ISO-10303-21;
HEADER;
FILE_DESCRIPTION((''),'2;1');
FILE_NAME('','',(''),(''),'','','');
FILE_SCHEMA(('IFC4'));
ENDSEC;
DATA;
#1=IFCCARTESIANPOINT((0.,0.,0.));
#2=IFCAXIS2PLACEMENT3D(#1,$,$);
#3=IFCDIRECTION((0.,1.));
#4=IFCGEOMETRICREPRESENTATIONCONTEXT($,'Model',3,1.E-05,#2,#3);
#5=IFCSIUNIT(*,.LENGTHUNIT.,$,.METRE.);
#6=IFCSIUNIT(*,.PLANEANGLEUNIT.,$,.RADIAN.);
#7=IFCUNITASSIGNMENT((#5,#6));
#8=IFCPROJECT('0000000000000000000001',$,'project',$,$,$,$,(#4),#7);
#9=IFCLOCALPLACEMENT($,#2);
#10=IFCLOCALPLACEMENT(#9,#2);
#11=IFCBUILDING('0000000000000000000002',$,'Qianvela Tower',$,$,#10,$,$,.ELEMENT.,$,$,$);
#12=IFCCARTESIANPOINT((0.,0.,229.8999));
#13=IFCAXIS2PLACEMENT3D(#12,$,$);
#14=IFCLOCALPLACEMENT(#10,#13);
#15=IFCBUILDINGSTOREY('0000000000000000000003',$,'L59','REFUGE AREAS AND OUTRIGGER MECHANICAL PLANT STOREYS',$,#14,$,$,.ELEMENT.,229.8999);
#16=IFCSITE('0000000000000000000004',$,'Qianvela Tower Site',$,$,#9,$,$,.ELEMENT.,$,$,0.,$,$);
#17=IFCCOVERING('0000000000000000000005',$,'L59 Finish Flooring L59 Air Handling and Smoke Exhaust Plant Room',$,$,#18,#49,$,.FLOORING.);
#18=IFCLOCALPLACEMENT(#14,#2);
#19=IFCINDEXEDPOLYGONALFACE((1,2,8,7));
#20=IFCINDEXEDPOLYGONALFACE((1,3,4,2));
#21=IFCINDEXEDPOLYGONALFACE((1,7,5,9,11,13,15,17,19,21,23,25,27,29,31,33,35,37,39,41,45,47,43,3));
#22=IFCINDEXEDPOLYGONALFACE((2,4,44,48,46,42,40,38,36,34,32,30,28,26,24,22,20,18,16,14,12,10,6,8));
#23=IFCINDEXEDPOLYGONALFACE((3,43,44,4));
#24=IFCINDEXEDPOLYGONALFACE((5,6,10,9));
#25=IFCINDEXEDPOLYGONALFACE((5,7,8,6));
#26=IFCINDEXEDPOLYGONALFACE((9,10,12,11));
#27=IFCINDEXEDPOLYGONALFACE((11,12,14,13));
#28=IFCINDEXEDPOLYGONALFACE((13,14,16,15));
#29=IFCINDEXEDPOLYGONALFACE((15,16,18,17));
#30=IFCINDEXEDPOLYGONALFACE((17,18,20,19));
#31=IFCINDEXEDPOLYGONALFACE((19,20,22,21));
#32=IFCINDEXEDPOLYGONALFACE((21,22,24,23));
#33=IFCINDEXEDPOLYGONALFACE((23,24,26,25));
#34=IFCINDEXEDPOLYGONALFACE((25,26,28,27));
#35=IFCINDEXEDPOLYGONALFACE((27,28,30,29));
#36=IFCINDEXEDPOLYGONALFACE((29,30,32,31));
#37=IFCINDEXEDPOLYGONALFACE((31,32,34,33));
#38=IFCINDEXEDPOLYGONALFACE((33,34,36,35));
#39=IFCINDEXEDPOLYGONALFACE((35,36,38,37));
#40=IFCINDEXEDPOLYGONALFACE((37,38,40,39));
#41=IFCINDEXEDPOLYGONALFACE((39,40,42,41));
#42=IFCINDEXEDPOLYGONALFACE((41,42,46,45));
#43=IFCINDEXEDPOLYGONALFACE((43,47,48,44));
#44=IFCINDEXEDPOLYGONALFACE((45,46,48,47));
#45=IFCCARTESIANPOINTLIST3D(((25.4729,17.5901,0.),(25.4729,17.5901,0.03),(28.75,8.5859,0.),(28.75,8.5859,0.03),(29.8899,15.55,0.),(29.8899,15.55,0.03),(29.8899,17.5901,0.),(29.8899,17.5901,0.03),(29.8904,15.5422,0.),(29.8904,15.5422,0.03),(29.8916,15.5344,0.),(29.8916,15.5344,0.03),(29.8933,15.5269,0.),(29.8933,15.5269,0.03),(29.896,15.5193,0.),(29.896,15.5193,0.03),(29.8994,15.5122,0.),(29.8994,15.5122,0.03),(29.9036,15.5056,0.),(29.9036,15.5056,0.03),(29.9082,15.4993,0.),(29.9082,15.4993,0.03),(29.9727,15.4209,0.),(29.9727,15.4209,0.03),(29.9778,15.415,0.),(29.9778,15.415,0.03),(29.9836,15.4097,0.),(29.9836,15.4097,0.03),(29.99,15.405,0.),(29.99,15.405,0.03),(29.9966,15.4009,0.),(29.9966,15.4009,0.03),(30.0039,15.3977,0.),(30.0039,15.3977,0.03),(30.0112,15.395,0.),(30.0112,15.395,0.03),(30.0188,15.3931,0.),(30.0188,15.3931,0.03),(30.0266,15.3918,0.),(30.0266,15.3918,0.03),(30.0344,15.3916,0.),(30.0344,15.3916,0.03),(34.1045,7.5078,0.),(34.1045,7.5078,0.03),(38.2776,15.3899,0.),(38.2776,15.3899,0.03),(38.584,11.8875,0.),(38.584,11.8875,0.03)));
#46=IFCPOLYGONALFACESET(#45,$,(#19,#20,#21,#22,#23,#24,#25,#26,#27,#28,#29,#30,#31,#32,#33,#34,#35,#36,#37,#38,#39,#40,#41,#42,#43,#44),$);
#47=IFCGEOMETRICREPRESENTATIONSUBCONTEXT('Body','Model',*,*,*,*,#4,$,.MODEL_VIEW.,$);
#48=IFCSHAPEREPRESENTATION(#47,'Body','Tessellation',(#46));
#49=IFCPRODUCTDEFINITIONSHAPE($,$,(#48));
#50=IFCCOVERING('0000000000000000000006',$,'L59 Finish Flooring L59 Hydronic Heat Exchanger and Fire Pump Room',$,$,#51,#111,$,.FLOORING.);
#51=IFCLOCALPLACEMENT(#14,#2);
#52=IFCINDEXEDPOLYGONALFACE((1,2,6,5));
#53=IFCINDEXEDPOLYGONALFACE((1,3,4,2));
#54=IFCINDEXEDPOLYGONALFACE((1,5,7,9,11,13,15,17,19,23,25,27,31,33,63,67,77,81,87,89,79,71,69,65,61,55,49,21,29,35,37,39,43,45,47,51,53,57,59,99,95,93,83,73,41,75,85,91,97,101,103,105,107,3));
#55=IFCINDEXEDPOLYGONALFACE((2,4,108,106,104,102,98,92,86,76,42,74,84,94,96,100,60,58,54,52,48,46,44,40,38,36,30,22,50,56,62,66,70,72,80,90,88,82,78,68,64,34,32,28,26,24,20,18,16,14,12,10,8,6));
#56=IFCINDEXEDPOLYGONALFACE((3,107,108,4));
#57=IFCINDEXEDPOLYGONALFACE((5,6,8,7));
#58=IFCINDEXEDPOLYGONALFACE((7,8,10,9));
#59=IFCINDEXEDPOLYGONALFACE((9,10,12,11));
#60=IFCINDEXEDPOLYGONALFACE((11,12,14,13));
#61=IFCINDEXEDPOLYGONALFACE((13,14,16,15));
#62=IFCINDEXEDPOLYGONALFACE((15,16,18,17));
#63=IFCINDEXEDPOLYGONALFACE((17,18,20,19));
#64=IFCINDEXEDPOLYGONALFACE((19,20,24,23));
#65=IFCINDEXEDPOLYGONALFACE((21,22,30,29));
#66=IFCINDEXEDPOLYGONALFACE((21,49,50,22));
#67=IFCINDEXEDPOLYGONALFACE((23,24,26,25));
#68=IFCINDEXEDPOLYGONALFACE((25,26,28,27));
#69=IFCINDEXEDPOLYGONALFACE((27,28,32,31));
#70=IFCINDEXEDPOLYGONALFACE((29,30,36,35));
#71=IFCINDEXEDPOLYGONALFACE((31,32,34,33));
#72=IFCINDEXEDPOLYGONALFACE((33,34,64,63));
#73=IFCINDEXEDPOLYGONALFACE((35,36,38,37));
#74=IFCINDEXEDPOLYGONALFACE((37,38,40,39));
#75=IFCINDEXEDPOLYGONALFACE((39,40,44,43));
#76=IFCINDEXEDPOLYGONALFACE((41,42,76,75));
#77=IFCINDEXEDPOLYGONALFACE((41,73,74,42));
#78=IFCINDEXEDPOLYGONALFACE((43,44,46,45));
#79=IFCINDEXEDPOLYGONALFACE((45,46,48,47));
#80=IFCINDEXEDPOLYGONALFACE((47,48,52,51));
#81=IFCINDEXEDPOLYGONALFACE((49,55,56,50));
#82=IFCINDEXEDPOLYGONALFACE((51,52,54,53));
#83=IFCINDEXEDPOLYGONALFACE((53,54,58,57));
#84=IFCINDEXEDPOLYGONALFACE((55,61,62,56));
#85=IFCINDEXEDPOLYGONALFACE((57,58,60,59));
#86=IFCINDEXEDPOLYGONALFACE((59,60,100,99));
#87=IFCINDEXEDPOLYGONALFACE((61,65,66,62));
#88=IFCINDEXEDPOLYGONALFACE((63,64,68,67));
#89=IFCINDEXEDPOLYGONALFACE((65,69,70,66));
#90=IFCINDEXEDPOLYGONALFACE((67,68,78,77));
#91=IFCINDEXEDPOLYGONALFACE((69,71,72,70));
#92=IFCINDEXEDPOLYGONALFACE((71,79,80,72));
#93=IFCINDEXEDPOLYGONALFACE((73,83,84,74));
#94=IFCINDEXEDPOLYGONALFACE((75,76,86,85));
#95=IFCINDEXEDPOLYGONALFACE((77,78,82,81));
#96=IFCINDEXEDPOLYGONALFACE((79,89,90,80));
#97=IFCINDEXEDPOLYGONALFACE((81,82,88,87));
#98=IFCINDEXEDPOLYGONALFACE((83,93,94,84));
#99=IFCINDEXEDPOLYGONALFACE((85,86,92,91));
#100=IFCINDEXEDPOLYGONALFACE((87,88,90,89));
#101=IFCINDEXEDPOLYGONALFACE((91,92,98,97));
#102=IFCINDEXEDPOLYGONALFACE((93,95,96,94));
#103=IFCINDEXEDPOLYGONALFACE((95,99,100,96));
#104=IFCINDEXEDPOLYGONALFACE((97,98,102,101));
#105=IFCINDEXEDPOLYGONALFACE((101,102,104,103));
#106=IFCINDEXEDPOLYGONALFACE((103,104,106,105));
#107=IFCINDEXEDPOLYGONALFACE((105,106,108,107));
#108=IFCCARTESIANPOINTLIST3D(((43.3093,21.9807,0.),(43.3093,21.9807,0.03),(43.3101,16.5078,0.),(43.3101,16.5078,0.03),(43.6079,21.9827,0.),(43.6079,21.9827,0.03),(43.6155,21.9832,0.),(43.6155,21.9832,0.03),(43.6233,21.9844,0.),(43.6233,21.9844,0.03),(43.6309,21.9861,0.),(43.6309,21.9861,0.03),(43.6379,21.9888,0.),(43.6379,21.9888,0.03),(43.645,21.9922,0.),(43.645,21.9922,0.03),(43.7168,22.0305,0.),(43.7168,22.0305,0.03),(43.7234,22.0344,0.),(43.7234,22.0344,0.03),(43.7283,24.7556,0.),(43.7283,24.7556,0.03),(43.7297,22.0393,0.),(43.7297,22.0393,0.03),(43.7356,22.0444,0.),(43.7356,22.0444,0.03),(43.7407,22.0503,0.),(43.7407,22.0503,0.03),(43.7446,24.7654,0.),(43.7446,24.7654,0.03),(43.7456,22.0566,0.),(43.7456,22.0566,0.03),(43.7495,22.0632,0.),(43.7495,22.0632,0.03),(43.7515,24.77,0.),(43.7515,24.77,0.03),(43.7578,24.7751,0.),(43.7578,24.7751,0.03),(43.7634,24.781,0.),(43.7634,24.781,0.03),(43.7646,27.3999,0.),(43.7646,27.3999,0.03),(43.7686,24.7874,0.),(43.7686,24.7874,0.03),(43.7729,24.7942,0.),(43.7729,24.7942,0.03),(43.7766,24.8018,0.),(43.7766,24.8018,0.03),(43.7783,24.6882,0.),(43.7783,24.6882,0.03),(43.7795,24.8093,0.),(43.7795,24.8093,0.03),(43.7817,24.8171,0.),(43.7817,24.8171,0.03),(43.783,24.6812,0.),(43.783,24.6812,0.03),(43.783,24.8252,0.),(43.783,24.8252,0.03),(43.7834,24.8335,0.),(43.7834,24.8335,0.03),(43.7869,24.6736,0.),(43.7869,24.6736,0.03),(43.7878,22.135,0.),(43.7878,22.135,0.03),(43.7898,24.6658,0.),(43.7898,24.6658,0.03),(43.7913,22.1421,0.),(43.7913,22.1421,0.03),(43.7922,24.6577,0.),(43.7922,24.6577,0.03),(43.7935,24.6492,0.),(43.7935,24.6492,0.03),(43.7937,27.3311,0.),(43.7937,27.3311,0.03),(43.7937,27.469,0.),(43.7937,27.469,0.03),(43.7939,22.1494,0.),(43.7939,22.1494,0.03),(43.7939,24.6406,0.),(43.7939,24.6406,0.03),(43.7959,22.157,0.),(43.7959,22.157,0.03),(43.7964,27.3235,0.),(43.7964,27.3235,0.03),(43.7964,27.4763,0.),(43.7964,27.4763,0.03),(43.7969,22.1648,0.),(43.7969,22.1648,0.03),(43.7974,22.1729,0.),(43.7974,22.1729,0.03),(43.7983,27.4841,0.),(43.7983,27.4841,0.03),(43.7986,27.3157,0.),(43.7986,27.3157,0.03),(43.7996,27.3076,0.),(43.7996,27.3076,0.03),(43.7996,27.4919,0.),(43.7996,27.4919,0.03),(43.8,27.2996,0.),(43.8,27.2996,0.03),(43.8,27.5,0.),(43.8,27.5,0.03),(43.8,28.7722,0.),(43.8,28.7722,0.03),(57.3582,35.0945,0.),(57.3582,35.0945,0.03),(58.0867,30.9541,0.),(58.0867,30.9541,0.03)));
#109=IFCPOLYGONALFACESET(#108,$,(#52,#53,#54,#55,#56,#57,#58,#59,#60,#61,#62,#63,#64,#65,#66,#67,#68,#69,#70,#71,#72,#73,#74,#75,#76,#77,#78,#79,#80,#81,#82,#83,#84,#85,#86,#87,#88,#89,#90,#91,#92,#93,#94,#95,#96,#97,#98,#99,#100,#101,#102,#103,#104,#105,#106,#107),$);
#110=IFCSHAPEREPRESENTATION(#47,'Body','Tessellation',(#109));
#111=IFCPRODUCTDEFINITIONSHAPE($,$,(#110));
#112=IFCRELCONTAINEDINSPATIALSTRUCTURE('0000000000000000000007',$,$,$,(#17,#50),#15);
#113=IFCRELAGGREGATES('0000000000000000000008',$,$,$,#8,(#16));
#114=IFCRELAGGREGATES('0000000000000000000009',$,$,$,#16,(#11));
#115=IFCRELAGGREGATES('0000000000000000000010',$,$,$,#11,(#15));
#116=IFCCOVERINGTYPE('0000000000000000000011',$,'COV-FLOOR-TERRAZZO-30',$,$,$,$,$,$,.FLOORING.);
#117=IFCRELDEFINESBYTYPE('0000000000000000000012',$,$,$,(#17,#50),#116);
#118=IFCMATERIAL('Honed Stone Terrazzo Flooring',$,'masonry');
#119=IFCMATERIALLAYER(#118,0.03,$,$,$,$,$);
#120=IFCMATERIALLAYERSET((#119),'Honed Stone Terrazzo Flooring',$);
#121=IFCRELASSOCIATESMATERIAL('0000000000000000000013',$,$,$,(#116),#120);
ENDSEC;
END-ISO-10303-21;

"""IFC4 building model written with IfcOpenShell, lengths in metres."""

from ifc_helpers import new_model, si_unit, direction, frame, origin, place, context, subcontext, project, spatial, polyline, outline, extrude, material, layer, layer_set, type_object, element, save


model = new_model("IFC4")

# Units and contexts
model_context = context("Model", 3, precision=1e-05, world=origin(), true_north=direction((0.0, 1.0)))
body_context = subcontext(model_context, "Body", "Model", "MODEL_VIEW")
ifc_project = project(units=[si_unit("LENGTHUNIT", "METRE"), si_unit("PLANEANGLEUNIT", "RADIAN")], contexts=[model_context])

# Site, building, storey
site_placement = place(None, origin())
site = spatial("IfcSite", under=ifc_project, at=site_placement, Name="Qianvela Tower Site", CompositionType="ELEMENT", RefElevation=0.0)
building_placement = place(site_placement, origin())
building = spatial("IfcBuilding", under=site, at=building_placement, Name="Qianvela Tower", CompositionType="ELEMENT")
storey_placement = place(building_placement, frame((0.0, 0.0, 229.8999)))
storey = spatial("IfcBuildingStorey", under=building, at=storey_placement, Name="L59", Description="REFUGE AREAS AND OUTRIGGER MECHANICAL PLANT STOREYS", CompositionType="ELEMENT", Elevation=229.8999)

# Coverings
ifc_material_1 = material(Name="Honed Stone Terrazzo Flooring", Category="masonry")
ifc_layer_1 = layer(ifc_material_1, 0.03)
ifc_layer_set_1 = layer_set([ifc_layer_1], Name="Honed Stone Terrazzo Flooring")
covering_type_1 = type_object("IfcCoveringType", Name="COV-FLOOR-TERRAZZO-30", PredefinedType="FLOORING", material=ifc_layer_set_1)
covering_1_placement = place(storey_placement, origin())
element("IfcCovering", 1, at=covering_1_placement, inside=storey, type_object=covering_type_1, Name="L59 Finish Flooring L59 Air Handling and Smoke Exhaust Plant Room", PredefinedType="FLOORING", context=body_context, shape_type="SweptSolid", body=[
    extrude(outline(polyline([(25.4729, 17.5901), (29.8899, 17.5901), (29.8899, 15.55), (29.8904, 15.5422), (29.8916, 15.5344), (29.8933, 15.5269), (29.896, 15.5193), (29.8994, 15.5122), (29.9036, 15.5056), (29.9082, 15.4993), (29.9727, 15.4209), (29.9778, 15.415), (29.9836, 15.4097), (29.99, 15.405), (29.9966, 15.4009), (30.0039, 15.3977), (30.0112, 15.395), (30.0188, 15.3931), (30.0266, 15.3918), (30.0344, 15.3916), (38.2776, 15.3899), (38.584, 11.8875), (34.1045, 7.5078), (28.75, 8.5859), (25.4729, 17.5901)])), origin(), (0.0, 0.0, 1.0), 0.03),
])
covering_2_placement = place(storey_placement, origin())
element("IfcCovering", 2, at=covering_2_placement, inside=storey, type_object=covering_type_1, Name="L59 Finish Flooring L59 Hydronic Heat Exchanger and Fire Pump Room", PredefinedType="FLOORING", context=body_context, shape_type="SweptSolid", body=[
    extrude(outline(polyline([(43.3093, 21.9807), (43.6079, 21.9827), (43.6155, 21.9832), (43.6233, 21.9844), (43.6309, 21.9861), (43.6379, 21.9888), (43.645, 21.9922), (43.7168, 22.0305), (43.7234, 22.0344), (43.7297, 22.0393), (43.7356, 22.0444), (43.7407, 22.0503), (43.7456, 22.0566), (43.7495, 22.0632), (43.7878, 22.135), (43.7913, 22.1421), (43.7939, 22.1494), (43.7959, 22.157), (43.7969, 22.1648), (43.7974, 22.1729), (43.7939, 24.6406), (43.7935, 24.6492), (43.7922, 24.6577), (43.7898, 24.6658), (43.7869, 24.6736), (43.783, 24.6812), (43.7783, 24.6882), (43.7283, 24.7556), (43.7446, 24.7654), (43.7515, 24.77), (43.7578, 24.7751), (43.7634, 24.781), (43.7686, 24.7874), (43.7729, 24.7942), (43.7766, 24.8018), (43.7795, 24.8093), (43.7817, 24.8171), (43.783, 24.8252), (43.7834, 24.8335), (43.8, 27.2996), (43.7996, 27.3076), (43.7986, 27.3157), (43.7964, 27.3235), (43.7937, 27.3311), (43.7646, 27.3999), (43.7937, 27.469), (43.7964, 27.4763), (43.7983, 27.4841), (43.7996, 27.4919), (43.8, 27.5), (43.8, 28.7722), (57.3582, 35.0945), (58.0867, 30.9541), (43.3101, 16.5078), (43.3093, 21.9807)])), origin(), (0.0, 0.0, 1.0), 0.03),
])

save(model, "model.ifc")
